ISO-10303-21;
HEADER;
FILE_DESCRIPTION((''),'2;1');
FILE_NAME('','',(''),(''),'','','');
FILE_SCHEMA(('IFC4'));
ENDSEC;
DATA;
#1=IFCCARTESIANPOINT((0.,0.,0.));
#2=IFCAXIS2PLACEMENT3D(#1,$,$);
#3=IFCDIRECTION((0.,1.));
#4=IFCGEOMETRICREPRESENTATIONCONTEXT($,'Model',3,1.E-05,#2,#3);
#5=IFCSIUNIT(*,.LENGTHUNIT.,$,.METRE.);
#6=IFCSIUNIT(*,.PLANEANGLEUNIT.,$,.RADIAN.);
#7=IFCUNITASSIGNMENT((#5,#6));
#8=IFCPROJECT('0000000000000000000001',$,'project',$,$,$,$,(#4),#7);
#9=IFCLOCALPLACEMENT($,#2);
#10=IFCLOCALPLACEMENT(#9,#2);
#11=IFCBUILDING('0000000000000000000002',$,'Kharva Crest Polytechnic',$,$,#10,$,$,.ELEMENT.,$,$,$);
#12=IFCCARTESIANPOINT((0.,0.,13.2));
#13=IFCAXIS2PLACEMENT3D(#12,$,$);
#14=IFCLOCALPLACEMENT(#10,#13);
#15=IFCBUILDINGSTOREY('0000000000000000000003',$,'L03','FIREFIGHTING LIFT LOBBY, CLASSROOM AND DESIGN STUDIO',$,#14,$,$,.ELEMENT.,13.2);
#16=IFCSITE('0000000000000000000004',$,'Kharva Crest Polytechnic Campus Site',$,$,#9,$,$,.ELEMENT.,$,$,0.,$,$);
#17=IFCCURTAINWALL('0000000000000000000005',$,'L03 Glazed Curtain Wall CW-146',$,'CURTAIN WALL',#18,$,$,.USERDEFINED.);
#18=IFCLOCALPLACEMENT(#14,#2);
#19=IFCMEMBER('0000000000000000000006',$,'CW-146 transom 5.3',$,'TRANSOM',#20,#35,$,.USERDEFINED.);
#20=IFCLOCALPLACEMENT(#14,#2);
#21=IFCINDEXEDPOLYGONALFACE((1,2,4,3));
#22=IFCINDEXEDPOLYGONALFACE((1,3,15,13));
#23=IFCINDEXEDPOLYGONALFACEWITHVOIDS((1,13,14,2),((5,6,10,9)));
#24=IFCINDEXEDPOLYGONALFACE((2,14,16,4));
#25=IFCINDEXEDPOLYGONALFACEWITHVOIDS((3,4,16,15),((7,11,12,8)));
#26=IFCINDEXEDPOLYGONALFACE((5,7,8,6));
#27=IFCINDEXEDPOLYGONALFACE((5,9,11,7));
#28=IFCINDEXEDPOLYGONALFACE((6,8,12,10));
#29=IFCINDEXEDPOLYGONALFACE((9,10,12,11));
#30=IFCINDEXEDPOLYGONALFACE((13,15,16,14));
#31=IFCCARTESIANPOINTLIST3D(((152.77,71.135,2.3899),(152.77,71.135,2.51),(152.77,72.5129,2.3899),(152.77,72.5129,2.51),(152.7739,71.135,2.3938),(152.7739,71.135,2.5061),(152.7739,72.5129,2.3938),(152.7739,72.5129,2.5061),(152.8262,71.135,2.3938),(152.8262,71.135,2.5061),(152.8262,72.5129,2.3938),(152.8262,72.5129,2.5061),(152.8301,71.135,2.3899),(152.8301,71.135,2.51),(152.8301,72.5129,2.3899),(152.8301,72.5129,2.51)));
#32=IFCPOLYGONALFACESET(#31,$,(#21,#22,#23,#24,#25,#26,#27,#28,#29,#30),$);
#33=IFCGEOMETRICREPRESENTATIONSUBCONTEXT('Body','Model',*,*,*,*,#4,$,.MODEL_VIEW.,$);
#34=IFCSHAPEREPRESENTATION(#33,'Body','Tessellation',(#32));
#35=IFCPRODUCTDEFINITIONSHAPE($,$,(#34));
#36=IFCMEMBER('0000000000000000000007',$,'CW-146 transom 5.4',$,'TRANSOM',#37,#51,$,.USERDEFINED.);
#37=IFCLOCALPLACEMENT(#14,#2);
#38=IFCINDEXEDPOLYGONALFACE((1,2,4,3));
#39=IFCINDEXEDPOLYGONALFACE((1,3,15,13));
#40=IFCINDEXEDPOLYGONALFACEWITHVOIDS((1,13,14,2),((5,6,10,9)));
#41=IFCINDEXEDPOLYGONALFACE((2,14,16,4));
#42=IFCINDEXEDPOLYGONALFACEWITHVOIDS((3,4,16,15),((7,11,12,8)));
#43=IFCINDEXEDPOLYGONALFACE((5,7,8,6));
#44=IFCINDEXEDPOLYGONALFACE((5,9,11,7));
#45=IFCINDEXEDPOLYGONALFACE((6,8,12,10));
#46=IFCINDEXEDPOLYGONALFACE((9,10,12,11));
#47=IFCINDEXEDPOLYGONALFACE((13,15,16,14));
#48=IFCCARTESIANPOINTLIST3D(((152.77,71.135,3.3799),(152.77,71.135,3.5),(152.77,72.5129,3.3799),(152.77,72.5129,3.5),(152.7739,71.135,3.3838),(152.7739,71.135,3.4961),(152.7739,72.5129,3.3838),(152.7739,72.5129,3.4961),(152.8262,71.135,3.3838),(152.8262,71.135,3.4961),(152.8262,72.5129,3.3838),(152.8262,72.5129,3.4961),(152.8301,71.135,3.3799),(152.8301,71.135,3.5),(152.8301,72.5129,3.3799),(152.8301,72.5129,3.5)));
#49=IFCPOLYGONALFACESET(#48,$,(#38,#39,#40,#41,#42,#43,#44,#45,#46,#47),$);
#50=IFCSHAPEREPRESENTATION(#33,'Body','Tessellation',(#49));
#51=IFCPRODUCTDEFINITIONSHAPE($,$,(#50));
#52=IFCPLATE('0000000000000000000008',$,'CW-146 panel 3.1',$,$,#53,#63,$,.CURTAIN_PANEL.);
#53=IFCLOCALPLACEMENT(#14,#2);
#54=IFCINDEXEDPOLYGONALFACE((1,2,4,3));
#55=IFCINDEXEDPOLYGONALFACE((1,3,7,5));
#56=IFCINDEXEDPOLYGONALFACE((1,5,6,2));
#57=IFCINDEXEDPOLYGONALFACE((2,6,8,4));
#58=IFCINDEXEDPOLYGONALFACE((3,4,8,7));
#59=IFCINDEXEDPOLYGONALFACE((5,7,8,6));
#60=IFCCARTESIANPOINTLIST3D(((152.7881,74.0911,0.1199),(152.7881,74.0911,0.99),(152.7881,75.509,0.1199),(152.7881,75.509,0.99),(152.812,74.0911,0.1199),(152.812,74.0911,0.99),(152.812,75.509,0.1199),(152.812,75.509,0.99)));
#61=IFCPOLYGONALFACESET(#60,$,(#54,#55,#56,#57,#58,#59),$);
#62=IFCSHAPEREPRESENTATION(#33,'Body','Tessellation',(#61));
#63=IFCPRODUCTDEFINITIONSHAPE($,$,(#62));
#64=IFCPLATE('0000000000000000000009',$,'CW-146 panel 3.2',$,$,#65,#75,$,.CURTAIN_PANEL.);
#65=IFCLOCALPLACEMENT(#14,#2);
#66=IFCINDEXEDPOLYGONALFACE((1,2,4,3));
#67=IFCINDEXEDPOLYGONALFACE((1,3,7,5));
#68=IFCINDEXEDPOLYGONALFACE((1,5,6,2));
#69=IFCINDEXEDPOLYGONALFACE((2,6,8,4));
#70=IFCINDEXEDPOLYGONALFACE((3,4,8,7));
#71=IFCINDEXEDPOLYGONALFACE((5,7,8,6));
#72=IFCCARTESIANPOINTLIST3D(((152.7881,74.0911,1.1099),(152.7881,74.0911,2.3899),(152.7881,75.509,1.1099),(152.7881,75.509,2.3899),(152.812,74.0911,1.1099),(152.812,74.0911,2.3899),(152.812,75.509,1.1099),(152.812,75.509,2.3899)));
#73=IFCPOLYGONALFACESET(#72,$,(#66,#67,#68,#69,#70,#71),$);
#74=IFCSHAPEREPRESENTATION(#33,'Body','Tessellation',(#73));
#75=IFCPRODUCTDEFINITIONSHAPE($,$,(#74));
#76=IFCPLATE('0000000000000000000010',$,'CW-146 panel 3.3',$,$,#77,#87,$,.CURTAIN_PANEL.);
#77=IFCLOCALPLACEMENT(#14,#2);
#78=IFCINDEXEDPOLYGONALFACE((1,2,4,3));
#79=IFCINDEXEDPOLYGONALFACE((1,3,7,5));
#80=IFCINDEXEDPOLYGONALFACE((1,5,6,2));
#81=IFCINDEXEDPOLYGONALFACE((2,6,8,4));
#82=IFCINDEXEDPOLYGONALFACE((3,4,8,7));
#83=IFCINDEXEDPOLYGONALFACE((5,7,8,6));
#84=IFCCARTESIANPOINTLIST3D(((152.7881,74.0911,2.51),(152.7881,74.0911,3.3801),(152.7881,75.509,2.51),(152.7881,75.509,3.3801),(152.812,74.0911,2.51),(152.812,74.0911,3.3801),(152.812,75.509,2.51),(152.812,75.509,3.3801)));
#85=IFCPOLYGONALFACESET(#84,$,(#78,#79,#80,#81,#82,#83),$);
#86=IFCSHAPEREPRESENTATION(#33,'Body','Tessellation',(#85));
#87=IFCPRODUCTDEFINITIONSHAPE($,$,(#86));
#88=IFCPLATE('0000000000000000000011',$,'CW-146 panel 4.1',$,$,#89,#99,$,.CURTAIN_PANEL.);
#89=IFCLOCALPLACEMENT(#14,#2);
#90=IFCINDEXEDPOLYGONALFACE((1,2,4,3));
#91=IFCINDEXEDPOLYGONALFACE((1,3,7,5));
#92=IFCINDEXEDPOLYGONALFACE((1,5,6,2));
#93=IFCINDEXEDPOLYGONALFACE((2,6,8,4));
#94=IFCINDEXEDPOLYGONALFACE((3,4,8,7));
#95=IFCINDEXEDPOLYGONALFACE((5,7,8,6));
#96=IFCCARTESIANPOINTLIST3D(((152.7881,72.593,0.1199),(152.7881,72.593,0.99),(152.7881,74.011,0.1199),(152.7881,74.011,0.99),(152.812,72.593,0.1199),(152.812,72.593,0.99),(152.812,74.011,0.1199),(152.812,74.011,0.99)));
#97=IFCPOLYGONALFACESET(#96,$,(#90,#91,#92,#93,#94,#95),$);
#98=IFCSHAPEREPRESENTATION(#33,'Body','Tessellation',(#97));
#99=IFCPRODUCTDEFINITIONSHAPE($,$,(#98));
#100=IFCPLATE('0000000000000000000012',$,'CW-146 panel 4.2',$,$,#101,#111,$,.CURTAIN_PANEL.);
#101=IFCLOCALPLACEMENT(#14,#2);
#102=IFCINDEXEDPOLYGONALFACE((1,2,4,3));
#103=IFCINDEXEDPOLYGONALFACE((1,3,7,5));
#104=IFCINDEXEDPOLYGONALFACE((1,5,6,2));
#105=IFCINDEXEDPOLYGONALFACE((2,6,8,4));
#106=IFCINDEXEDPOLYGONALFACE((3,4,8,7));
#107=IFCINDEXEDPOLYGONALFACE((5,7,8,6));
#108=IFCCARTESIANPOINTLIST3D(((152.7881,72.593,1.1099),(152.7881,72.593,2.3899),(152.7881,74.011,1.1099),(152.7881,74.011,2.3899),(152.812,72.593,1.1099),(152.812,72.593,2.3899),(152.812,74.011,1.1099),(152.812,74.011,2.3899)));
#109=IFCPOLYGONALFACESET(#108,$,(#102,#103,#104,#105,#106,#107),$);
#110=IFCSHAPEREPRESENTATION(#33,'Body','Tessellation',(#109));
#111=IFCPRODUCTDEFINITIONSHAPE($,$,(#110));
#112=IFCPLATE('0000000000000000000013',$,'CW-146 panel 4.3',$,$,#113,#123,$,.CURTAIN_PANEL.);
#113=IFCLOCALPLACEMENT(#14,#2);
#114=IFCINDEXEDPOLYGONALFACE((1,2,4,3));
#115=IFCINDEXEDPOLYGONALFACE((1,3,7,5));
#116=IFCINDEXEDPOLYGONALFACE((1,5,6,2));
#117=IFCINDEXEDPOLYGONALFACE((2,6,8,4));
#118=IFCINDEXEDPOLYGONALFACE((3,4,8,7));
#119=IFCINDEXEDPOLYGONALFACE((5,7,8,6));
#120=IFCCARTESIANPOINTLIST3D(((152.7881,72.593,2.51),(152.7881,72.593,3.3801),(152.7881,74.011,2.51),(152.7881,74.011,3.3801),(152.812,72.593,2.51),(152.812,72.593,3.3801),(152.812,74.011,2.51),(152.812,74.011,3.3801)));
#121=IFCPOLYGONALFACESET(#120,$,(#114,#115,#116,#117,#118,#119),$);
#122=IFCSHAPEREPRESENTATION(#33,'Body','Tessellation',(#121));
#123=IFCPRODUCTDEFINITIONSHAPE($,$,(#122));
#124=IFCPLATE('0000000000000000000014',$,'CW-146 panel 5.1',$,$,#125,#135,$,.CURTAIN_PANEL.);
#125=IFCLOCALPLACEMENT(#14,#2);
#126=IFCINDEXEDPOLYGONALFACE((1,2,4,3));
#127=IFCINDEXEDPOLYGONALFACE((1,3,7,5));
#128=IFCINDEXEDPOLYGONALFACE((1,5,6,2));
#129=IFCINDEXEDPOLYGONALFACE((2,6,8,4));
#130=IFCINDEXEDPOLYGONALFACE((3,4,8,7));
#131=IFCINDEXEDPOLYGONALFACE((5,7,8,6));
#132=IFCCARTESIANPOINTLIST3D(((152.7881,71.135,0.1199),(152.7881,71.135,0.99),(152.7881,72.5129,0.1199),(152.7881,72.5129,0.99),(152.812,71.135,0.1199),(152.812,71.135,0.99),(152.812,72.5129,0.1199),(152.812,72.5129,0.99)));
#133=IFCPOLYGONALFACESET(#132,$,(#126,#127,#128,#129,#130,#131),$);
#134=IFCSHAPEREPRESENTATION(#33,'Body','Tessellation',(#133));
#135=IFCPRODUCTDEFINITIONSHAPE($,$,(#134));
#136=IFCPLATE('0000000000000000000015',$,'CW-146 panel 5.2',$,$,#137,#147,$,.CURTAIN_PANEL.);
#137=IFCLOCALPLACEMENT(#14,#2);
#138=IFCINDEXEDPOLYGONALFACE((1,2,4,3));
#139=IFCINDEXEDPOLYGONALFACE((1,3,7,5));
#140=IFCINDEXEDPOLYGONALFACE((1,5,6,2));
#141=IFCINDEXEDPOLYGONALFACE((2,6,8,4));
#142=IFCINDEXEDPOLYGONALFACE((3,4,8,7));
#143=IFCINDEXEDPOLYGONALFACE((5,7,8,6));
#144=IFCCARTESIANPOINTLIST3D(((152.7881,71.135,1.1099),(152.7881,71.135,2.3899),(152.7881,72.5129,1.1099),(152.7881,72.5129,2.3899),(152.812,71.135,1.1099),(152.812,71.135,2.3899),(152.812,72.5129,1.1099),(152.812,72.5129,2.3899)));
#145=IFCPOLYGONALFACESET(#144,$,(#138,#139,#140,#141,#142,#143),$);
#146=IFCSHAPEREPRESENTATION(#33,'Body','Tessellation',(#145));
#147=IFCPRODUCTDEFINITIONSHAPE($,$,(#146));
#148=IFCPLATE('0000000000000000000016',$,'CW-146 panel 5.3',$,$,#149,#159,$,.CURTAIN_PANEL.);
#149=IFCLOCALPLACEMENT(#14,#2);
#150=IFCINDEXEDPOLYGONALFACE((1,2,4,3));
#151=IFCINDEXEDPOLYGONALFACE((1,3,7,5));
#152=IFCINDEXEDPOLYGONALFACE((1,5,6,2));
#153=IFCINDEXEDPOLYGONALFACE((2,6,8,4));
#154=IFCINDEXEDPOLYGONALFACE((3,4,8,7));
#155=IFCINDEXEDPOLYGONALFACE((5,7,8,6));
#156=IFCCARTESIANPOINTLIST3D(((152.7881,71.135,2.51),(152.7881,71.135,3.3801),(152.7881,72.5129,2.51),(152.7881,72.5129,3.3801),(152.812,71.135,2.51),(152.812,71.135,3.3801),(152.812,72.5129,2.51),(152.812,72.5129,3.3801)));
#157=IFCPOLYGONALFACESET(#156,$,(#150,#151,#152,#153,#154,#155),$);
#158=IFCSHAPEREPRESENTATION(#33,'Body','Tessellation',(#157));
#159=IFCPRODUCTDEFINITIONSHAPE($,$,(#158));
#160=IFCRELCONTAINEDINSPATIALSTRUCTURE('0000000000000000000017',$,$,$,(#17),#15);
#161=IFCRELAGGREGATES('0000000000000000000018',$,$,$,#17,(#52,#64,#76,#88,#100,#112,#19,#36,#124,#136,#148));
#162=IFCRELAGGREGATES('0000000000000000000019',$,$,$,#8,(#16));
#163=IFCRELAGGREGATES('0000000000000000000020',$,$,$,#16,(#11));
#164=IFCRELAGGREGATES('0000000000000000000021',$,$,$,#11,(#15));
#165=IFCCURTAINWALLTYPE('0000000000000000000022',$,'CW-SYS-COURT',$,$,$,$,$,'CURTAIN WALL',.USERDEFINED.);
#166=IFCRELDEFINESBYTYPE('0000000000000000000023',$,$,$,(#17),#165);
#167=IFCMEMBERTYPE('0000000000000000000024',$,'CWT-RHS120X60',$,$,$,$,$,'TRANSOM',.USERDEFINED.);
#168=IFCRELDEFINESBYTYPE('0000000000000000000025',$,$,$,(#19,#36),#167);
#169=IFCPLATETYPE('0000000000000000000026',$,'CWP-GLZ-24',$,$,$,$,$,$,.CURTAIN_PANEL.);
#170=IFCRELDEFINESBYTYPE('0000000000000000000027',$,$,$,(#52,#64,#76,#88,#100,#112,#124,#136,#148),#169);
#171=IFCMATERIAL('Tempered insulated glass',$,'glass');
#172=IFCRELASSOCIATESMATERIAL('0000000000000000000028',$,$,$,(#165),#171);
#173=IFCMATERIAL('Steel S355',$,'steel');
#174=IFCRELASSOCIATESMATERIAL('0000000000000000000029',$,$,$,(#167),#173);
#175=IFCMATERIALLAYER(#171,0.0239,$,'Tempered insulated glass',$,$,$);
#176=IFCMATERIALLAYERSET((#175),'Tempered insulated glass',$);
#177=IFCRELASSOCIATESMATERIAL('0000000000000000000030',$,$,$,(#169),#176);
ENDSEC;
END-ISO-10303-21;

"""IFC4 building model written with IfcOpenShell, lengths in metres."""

from ifc_helpers import new_model, si_unit, direction, frame, origin, origin_2d, place, context, subcontext, project, spatial, rectangle, hollow_rectangle, extrude, material, layer, layer_set, material_profile, profile_set, type_object, element, aggregate, save


model = new_model("IFC4")

# Units and contexts
model_context = context("Model", 3, precision=1e-05, world=origin(), true_north=direction((0.0, 1.0)))
body_context = subcontext(model_context, "Body", "Model", "MODEL_VIEW")
ifc_project = project(units=[si_unit("LENGTHUNIT", "METRE"), si_unit("PLANEANGLEUNIT", "RADIAN")], contexts=[model_context])

# Site, building, storey
site_placement = place(None, origin())
site = spatial("IfcSite", under=ifc_project, at=site_placement, Name="Kharva Crest Polytechnic Campus Site", CompositionType="ELEMENT", RefElevation=0.0)
building_placement = place(site_placement, origin())
building = spatial("IfcBuilding", under=site, at=building_placement, Name="Kharva Crest Polytechnic", CompositionType="ELEMENT")
storey_placement = place(building_placement, frame((0.0, 0.0, 13.2)))
storey = spatial("IfcBuildingStorey", under=building, at=storey_placement, Name="L03", Description="FIREFIGHTING LIFT LOBBY, CLASSROOM AND DESIGN STUDIO", CompositionType="ELEMENT", Elevation=13.2)

# Curtain wall, members, plates
ifc_material_1 = material(Name="Tempered insulated glass", Category="glass")
curtain_wall_type = type_object("IfcCurtainWallType", Name="CW-SYS-COURT", ElementType="CURTAIN WALL", PredefinedType="USERDEFINED", material=ifc_material_1)
curtain_wall_placement = place(storey_placement, origin())
curtain_wall = element("IfcCurtainWall", 1, at=curtain_wall_placement, inside=storey, type_object=curtain_wall_type, Name="L03 Glazed Curtain Wall CW-146", ObjectType="CURTAIN WALL", PredefinedType="USERDEFINED")
ifc_material_2 = material(Name="Steel S355", Category="steel")
ifc_material_profile_1 = material_profile(ifc_material_2, hollow_rectangle(XDim=0.0601, YDim=0.1201, WallThickness=0.0039, at=origin_2d()), Name="RHS 120X60X4.0")
ifc_profile_set_1 = profile_set([ifc_material_profile_1], Name="Steel S355")
member_type_1 = type_object("IfcMemberType", Name="CWT-RHS120X60", ElementType="TRANSOM", PredefinedType="USERDEFINED", material=ifc_profile_set_1)
member_1_placement = place(storey_placement, frame((152.8, 72.5129, 2.45), z_axis=(0.0, -1.0, 0.0), x_axis=(1.0, 0.0, 0.0)))
member_1 = element("IfcMember", 2, at=member_1_placement, type_object=member_type_1, Name="CW-146 transom 5.3", ObjectType="TRANSOM", PredefinedType="USERDEFINED", context=body_context, shape_type="SweptSolid", body=[
    extrude(hollow_rectangle(XDim=0.0601, YDim=0.1201, WallThickness=0.0039, at=origin_2d()), origin(), (0.0, 0.0, 1.0), 1.3779),
])
member_2_placement = place(storey_placement, frame((152.8, 72.5129, 3.4399), z_axis=(0.0, -1.0, 0.0), x_axis=(1.0, 0.0, 0.0)))
member_2 = element("IfcMember", 3, at=member_2_placement, type_object=member_type_1, Name="CW-146 transom 5.4", ObjectType="TRANSOM", PredefinedType="USERDEFINED", context=body_context, shape_type="SweptSolid", body=[
    extrude(hollow_rectangle(XDim=0.0601, YDim=0.1201, WallThickness=0.0039, at=origin_2d()), origin(), (0.0, 0.0, 1.0), 1.3779),
])
ifc_layer = layer(ifc_material_1, 0.0239, Name="Tempered insulated glass")
ifc_layer_set = layer_set([ifc_layer], Name="Tempered insulated glass")
plate_type = type_object("IfcPlateType", Name="CWP-GLZ-24", PredefinedType="CURTAIN_PANEL", material=ifc_layer_set)
plate_1_placement = place(storey_placement, frame((152.8, 74.8, 0.1199), z_axis=(0.0, 0.0, 1.0), x_axis=(0.0, -1.0, 0.0)))
plate_1 = element("IfcPlate", 4, at=plate_1_placement, type_object=plate_type, Name="CW-146 panel 3.1", PredefinedType="CURTAIN_PANEL", context=body_context, shape_type="SweptSolid", body=[
    extrude(rectangle(XDim=1.418, YDim=0.0239, at=origin_2d()), origin(), (0.0, 0.0, 1.0), 0.8701),
])
plate_2_placement = place(storey_placement, frame((152.8, 74.8, 1.1099), z_axis=(0.0, 0.0, 1.0), x_axis=(0.0, -1.0, 0.0)))
plate_2 = element("IfcPlate", 5, at=plate_2_placement, type_object=plate_type, Name="CW-146 panel 3.2", PredefinedType="CURTAIN_PANEL", context=body_context, shape_type="SweptSolid", body=[
    extrude(rectangle(XDim=1.418, YDim=0.0239, at=origin_2d()), origin(), (0.0, 0.0, 1.0), 1.28),
])
plate_3_placement = place(storey_placement, frame((152.8, 74.8, 2.51), z_axis=(0.0, 0.0, 1.0), x_axis=(0.0, -1.0, 0.0)))
plate_3 = element("IfcPlate", 6, at=plate_3_placement, type_object=plate_type, Name="CW-146 panel 3.3", PredefinedType="CURTAIN_PANEL", context=body_context, shape_type="SweptSolid", body=[
    extrude(rectangle(XDim=1.418, YDim=0.0239, at=origin_2d()), origin(), (0.0, 0.0, 1.0), 0.8701),
])
plate_4_placement = place(storey_placement, frame((152.8, 73.302, 0.1199), z_axis=(0.0, 0.0, 1.0), x_axis=(0.0, -1.0, 0.0)))
plate_4 = element("IfcPlate", 7, at=plate_4_placement, type_object=plate_type, Name="CW-146 panel 4.1", PredefinedType="CURTAIN_PANEL", context=body_context, shape_type="SweptSolid", body=[
    extrude(rectangle(XDim=1.418, YDim=0.0239, at=origin_2d()), origin(), (0.0, 0.0, 1.0), 0.8701),
])
plate_5_placement = place(storey_placement, frame((152.8, 73.302, 1.1099), z_axis=(0.0, 0.0, 1.0), x_axis=(0.0, -1.0, 0.0)))
plate_5 = element("IfcPlate", 8, at=plate_5_placement, type_object=plate_type, Name="CW-146 panel 4.2", PredefinedType="CURTAIN_PANEL", context=body_context, shape_type="SweptSolid", body=[
    extrude(rectangle(XDim=1.418, YDim=0.0239, at=origin_2d()), origin(), (0.0, 0.0, 1.0), 1.28),
])
plate_6_placement = place(storey_placement, frame((152.8, 73.302, 2.51), z_axis=(0.0, 0.0, 1.0), x_axis=(0.0, -1.0, 0.0)))
plate_6 = element("IfcPlate", 9, at=plate_6_placement, type_object=plate_type, Name="CW-146 panel 4.3", PredefinedType="CURTAIN_PANEL", context=body_context, shape_type="SweptSolid", body=[
    extrude(rectangle(XDim=1.418, YDim=0.0239, at=origin_2d()), origin(), (0.0, 0.0, 1.0), 0.8701),
])
plate_7_placement = place(storey_placement, frame((152.8, 71.824, 0.1199), z_axis=(0.0, 0.0, 1.0), x_axis=(0.0, -1.0, 0.0)))
plate_7 = element("IfcPlate", 10, at=plate_7_placement, type_object=plate_type, Name="CW-146 panel 5.1", PredefinedType="CURTAIN_PANEL", context=body_context, shape_type="SweptSolid", body=[
    extrude(rectangle(XDim=1.3779, YDim=0.0239, at=origin_2d()), origin(), (0.0, 0.0, 1.0), 0.8701),
])
plate_8_placement = place(storey_placement, frame((152.8, 71.824, 1.1099), z_axis=(0.0, 0.0, 1.0), x_axis=(0.0, -1.0, 0.0)))
plate_8 = element("IfcPlate", 11, at=plate_8_placement, type_object=plate_type, Name="CW-146 panel 5.2", PredefinedType="CURTAIN_PANEL", context=body_context, shape_type="SweptSolid", body=[
    extrude(rectangle(XDim=1.3779, YDim=0.0239, at=origin_2d()), origin(), (0.0, 0.0, 1.0), 1.28),
])
plate_9_placement = place(storey_placement, frame((152.8, 71.824, 2.51), z_axis=(0.0, 0.0, 1.0), x_axis=(0.0, -1.0, 0.0)))
plate_9 = element("IfcPlate", 12, at=plate_9_placement, type_object=plate_type, Name="CW-146 panel 5.3", PredefinedType="CURTAIN_PANEL", context=body_context, shape_type="SweptSolid", body=[
    extrude(rectangle(XDim=1.3779, YDim=0.0239, at=origin_2d()), origin(), (0.0, 0.0, 1.0), 0.8701),
])
aggregate(curtain_wall, [plate_1, plate_2, plate_3, plate_4, plate_5, plate_6, member_1, member_2, plate_7, plate_8, plate_9])

save(model, "model.ifc")
